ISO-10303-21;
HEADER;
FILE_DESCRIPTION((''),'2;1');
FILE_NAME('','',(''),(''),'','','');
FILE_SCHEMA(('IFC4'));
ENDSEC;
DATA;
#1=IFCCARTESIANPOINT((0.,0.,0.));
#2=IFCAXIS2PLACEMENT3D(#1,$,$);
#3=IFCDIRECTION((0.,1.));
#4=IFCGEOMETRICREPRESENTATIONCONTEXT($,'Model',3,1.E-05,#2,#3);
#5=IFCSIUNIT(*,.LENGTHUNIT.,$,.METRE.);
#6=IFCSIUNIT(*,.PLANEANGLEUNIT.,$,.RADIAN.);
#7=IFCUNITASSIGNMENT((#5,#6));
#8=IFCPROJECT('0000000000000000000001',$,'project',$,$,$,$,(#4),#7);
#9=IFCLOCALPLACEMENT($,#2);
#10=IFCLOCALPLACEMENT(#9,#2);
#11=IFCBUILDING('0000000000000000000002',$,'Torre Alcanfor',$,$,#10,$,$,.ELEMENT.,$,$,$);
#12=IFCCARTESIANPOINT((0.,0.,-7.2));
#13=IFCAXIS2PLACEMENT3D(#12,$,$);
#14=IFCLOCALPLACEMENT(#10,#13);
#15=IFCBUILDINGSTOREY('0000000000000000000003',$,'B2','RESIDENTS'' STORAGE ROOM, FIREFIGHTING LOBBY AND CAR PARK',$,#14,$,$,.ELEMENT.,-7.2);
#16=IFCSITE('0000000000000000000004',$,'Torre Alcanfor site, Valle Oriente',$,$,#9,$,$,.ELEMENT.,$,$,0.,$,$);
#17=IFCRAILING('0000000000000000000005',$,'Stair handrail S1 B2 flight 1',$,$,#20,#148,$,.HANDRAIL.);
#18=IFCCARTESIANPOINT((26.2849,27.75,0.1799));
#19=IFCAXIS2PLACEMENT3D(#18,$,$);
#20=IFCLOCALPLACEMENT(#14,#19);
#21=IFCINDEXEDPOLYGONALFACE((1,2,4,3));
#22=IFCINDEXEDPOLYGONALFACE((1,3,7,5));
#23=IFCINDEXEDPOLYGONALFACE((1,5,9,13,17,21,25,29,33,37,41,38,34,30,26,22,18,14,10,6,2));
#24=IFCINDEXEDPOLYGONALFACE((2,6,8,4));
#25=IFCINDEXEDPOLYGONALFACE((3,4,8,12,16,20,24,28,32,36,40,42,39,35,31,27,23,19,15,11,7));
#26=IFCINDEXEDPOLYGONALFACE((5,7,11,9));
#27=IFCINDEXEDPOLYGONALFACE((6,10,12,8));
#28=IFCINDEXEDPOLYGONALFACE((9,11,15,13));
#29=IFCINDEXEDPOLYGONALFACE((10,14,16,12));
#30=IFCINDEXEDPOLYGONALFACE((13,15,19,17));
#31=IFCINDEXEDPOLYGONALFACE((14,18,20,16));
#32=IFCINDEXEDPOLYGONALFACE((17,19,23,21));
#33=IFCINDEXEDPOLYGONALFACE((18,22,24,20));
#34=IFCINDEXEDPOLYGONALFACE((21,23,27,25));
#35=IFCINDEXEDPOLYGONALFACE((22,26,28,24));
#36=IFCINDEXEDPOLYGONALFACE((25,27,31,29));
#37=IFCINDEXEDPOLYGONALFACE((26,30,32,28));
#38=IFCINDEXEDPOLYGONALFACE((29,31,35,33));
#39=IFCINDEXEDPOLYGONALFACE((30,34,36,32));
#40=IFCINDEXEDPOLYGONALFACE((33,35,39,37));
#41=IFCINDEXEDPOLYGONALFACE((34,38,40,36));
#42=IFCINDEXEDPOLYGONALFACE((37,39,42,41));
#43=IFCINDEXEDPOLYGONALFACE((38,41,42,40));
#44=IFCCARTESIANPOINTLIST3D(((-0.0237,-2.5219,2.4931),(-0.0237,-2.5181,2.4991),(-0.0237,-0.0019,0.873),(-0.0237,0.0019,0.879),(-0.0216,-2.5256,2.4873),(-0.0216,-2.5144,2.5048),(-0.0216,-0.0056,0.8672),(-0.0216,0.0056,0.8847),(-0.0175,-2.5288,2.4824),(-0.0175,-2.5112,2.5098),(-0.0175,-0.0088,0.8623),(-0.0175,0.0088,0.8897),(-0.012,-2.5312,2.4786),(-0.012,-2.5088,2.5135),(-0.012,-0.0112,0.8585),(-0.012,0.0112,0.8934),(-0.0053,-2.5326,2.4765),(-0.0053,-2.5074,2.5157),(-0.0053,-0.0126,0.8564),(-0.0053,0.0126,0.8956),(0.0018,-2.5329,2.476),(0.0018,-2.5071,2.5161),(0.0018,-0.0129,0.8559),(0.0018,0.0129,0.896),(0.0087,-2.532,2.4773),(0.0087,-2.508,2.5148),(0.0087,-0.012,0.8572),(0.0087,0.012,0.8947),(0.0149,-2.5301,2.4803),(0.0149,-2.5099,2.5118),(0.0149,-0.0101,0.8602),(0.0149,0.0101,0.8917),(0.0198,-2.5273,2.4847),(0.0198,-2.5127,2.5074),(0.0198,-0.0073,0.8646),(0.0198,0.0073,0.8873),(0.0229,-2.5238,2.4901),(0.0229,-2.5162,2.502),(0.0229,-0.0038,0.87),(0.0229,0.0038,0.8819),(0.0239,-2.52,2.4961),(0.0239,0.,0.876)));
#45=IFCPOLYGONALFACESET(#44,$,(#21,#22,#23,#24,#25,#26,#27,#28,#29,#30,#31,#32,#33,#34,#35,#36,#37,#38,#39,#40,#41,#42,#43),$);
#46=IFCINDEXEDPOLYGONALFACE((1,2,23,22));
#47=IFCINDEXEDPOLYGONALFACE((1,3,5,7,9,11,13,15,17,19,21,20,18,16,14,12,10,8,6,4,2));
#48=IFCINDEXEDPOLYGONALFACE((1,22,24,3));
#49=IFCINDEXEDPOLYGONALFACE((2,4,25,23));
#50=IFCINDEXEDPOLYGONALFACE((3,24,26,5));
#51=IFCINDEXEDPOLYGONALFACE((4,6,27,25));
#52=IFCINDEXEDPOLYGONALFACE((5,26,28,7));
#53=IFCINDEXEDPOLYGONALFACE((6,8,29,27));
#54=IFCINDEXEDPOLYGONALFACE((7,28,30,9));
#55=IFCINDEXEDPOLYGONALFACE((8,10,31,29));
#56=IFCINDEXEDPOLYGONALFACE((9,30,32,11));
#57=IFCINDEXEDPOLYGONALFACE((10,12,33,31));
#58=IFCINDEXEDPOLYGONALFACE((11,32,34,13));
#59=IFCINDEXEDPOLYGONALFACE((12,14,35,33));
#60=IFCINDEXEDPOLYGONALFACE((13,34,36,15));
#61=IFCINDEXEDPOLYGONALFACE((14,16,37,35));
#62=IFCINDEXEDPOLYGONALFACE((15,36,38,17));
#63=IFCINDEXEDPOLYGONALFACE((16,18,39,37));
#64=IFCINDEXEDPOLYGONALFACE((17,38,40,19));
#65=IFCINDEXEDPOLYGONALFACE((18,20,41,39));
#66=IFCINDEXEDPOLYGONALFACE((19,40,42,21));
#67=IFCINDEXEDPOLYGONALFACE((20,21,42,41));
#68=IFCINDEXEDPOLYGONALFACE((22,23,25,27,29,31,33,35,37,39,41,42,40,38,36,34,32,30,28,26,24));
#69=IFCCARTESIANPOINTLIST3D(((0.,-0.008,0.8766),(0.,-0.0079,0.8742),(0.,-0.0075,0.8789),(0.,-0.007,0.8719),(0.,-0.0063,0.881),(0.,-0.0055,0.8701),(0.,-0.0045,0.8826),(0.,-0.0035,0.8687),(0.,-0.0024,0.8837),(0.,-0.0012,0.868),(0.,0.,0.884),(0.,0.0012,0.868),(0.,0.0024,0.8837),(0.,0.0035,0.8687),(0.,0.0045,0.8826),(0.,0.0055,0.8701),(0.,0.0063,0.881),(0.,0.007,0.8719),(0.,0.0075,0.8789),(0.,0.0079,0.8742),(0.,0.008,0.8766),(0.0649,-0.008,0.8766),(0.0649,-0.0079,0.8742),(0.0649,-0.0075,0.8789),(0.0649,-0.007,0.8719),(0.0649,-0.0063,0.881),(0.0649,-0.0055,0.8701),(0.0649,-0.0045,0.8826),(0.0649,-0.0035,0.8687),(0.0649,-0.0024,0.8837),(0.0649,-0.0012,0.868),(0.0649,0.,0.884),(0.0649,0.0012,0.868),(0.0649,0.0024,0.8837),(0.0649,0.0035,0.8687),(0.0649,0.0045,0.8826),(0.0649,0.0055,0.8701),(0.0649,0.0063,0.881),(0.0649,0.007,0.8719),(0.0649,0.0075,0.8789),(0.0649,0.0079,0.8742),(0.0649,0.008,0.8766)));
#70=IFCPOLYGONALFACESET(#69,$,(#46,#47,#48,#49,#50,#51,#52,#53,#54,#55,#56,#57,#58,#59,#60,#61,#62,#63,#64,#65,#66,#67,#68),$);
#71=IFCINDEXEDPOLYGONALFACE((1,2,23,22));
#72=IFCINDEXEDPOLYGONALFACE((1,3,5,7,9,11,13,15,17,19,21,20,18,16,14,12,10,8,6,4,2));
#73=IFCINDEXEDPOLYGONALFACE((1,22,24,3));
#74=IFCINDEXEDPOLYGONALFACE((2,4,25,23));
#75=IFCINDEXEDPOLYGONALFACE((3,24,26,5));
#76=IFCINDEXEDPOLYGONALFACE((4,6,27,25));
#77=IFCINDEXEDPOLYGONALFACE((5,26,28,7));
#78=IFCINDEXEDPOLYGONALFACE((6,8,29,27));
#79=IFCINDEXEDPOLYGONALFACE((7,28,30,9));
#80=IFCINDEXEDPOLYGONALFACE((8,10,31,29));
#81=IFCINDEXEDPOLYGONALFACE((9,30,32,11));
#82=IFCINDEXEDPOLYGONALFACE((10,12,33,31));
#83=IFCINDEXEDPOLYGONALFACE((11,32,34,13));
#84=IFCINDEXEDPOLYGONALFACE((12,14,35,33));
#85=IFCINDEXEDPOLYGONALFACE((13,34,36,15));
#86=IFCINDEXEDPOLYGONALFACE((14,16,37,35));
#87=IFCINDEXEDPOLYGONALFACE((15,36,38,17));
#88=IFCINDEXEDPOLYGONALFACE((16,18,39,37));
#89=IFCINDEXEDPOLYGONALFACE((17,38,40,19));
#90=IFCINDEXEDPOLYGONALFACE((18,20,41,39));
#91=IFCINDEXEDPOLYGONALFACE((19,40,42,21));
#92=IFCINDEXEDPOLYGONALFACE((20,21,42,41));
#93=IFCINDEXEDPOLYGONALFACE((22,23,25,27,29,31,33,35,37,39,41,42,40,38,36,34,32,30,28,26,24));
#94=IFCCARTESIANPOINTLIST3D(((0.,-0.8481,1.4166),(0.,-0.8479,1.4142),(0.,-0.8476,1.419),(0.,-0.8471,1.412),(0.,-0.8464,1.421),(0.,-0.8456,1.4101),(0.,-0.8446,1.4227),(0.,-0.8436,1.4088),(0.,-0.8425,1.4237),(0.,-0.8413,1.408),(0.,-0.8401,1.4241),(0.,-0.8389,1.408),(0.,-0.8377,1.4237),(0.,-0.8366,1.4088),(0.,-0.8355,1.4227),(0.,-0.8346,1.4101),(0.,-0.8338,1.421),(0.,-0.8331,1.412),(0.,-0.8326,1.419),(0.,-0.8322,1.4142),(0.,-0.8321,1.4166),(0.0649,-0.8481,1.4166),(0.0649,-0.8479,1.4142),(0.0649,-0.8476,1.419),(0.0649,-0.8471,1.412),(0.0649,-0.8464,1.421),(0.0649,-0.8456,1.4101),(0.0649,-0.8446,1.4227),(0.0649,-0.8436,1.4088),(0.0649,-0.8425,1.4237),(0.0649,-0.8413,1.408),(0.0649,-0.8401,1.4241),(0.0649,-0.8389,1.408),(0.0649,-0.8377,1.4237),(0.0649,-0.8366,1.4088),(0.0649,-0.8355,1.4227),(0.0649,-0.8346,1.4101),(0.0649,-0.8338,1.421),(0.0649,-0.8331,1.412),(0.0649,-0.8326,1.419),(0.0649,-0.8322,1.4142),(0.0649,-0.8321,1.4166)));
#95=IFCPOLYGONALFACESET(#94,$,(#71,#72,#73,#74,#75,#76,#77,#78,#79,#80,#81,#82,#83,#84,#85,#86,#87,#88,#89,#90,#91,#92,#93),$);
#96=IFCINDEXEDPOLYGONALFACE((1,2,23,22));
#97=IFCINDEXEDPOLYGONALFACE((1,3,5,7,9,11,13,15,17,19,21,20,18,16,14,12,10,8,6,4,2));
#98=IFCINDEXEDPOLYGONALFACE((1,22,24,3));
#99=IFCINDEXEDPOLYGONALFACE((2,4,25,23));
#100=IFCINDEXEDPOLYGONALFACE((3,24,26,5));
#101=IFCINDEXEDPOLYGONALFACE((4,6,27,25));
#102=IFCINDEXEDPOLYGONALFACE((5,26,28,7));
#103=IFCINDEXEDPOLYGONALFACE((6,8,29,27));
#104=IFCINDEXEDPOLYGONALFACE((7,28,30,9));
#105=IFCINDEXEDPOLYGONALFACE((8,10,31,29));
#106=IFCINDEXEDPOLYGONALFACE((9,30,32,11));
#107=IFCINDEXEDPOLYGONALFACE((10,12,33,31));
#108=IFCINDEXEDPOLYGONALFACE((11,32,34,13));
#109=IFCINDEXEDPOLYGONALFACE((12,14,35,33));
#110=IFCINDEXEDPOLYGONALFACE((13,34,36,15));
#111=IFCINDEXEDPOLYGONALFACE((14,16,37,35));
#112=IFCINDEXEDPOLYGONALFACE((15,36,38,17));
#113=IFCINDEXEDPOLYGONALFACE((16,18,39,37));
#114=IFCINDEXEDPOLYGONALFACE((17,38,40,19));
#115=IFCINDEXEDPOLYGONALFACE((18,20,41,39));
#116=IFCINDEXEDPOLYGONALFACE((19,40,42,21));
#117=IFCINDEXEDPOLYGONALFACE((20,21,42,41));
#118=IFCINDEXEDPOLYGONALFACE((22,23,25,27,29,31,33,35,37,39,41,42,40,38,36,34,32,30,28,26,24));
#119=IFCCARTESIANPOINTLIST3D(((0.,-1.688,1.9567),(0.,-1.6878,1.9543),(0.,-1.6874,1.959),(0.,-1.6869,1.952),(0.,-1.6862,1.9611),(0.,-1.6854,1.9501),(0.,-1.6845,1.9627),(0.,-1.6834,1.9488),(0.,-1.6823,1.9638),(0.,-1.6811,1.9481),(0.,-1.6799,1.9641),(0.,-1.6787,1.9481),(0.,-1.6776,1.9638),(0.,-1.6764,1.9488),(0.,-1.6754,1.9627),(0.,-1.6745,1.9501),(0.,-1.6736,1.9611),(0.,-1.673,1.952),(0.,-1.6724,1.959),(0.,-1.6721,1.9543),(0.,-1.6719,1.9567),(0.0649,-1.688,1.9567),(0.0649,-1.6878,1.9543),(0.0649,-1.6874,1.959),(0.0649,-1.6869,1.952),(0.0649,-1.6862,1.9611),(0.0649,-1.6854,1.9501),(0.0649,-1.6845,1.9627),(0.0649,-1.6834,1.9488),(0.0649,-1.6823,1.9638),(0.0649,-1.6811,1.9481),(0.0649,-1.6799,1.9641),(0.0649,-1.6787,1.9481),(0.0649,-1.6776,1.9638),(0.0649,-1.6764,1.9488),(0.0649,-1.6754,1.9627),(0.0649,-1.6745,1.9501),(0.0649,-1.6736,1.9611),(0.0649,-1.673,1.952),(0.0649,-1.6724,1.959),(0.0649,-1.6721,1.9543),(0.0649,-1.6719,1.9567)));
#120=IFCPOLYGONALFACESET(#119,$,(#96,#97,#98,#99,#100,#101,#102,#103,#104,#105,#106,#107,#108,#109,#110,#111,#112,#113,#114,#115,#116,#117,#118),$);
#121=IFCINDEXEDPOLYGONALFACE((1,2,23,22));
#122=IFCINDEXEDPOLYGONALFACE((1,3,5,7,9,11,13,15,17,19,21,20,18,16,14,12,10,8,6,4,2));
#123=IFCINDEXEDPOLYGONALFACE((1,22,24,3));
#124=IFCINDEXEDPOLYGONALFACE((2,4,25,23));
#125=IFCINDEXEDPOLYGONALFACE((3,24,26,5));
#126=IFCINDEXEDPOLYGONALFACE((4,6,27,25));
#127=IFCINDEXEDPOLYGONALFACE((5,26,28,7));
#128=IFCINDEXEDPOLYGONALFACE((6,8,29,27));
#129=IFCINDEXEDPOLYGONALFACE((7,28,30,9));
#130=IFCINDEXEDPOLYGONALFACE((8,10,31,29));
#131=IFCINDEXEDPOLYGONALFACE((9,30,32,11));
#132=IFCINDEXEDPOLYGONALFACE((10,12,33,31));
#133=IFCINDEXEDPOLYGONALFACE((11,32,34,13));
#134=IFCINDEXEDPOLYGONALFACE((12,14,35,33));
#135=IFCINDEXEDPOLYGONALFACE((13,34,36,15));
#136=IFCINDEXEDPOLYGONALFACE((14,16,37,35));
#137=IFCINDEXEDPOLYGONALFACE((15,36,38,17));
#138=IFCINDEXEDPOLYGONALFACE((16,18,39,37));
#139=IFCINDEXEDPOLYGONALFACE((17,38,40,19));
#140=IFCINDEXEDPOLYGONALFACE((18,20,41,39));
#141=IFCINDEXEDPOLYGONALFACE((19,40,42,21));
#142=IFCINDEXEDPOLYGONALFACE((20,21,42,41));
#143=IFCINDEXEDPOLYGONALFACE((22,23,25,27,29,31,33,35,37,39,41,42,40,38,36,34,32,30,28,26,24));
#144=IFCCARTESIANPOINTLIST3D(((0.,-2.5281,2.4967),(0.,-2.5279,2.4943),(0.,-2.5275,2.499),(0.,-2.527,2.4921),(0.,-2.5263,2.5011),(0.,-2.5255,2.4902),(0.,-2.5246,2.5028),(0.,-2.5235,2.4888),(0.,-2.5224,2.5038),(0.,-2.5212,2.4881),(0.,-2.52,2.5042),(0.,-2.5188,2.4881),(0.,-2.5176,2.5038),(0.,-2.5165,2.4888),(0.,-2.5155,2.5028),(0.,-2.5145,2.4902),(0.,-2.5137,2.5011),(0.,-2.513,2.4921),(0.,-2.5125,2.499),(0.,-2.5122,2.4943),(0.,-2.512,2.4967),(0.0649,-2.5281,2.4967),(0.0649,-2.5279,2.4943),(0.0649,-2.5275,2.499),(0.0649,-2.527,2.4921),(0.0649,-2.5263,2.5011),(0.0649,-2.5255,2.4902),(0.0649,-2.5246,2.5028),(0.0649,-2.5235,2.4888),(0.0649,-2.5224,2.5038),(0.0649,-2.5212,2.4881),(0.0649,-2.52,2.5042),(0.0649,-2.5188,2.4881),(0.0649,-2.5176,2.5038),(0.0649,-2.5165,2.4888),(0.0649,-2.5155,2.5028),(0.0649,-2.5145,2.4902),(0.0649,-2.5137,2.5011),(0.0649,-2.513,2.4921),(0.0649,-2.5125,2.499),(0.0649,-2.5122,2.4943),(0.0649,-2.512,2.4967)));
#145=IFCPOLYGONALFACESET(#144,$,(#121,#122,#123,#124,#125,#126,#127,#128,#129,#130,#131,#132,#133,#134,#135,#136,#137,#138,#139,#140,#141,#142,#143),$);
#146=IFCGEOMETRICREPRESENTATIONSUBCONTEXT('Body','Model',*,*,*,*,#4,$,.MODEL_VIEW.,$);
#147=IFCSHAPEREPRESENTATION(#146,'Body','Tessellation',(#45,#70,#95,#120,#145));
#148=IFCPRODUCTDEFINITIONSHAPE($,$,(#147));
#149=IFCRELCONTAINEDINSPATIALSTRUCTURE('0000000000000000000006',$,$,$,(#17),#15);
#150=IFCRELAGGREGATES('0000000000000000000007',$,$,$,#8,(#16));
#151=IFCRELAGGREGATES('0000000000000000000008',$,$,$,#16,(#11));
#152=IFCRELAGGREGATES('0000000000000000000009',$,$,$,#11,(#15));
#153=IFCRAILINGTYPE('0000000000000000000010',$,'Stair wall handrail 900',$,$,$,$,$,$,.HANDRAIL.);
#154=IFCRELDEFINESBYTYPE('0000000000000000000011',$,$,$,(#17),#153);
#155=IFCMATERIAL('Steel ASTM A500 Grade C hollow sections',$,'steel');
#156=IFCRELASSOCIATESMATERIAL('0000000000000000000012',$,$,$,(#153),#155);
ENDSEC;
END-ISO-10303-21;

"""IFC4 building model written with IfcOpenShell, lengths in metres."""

from ifc_helpers import new_model, si_unit, direction, frame, origin, origin_2d, place, context, subcontext, project, spatial, circle, extrude, material, type_object, element, save


model = new_model("IFC4")

# Units and contexts
model_context = context("Model", 3, precision=1e-05, world=origin(), true_north=direction((0.0, 1.0)))
body_context = subcontext(model_context, "Body", "Model", "MODEL_VIEW")
ifc_project = project(units=[si_unit("LENGTHUNIT", "METRE"), si_unit("PLANEANGLEUNIT", "RADIAN")], contexts=[model_context])

# Site, building, storey
site_placement = place(None, origin())
site = spatial("IfcSite", under=ifc_project, at=site_placement, Name="Torre Alcanfor site, Valle Oriente", CompositionType="ELEMENT", RefElevation=0.0)
building_placement = place(site_placement, origin())
building = spatial("IfcBuilding", under=site, at=building_placement, Name="Torre Alcanfor", CompositionType="ELEMENT")
storey_placement = place(building_placement, frame((0.0, 0.0, -7.2)))
storey = spatial("IfcBuildingStorey", under=building, at=storey_placement, Name="B2", Description="RESIDENTS' STORAGE ROOM, FIREFIGHTING LOBBY AND CAR PARK", CompositionType="ELEMENT", Elevation=-7.2)

# Railing
ifc_material_1 = material(Name="Steel ASTM A500 Grade C hollow sections", Category="steel")
railing_type_1 = type_object("IfcRailingType", Name="Stair wall handrail 900", PredefinedType="HANDRAIL", material=ifc_material_1)
railing_1_placement = place(storey_placement, frame((26.2849, 27.75, 0.1799)))
element("IfcRailing", 1, at=railing_1_placement, inside=storey, type_object=railing_type_1, Name="Stair handrail S1 B2 flight 1", PredefinedType="HANDRAIL", context=body_context, shape_type="SweptSolid", body=[
    extrude(circle(Radius=0.0239, at=origin_2d()), frame((0.0, 0.0, 0.876), z_axis=(0.0, -0.841163, 0.540782), x_axis=(1.0, 0.0, 0.0)), (0.0, 0.0, 1.0), 2.9958),
    extrude(circle(Radius=0.0081, at=origin_2d()), frame((0.0, 0.0, 0.876), z_axis=(1.0, 0.0, 0.0), x_axis=(0.0, 0.0, 1.0)), (0.0, 0.0, 1.0), 0.0649),
    extrude(circle(Radius=0.0081, at=origin_2d()), frame((0.0, -0.8401, 1.416), z_axis=(1.0, 0.0, 0.0), x_axis=(0.0, 0.0, 1.0)), (0.0, 0.0, 1.0), 0.0649),
    extrude(circle(Radius=0.0081, at=origin_2d()), frame((0.0, -1.6799, 1.9561), z_axis=(1.0, 0.0, 0.0), x_axis=(0.0, 0.0, 1.0)), (0.0, 0.0, 1.0), 0.0649),
    extrude(circle(Radius=0.0081, at=origin_2d()), frame((0.0, -2.52, 2.4961), z_axis=(1.0, 0.0, 0.0), x_axis=(0.0, 0.0, 1.0)), (0.0, 0.0, 1.0), 0.0649),
])

save(model, "model.ifc")
